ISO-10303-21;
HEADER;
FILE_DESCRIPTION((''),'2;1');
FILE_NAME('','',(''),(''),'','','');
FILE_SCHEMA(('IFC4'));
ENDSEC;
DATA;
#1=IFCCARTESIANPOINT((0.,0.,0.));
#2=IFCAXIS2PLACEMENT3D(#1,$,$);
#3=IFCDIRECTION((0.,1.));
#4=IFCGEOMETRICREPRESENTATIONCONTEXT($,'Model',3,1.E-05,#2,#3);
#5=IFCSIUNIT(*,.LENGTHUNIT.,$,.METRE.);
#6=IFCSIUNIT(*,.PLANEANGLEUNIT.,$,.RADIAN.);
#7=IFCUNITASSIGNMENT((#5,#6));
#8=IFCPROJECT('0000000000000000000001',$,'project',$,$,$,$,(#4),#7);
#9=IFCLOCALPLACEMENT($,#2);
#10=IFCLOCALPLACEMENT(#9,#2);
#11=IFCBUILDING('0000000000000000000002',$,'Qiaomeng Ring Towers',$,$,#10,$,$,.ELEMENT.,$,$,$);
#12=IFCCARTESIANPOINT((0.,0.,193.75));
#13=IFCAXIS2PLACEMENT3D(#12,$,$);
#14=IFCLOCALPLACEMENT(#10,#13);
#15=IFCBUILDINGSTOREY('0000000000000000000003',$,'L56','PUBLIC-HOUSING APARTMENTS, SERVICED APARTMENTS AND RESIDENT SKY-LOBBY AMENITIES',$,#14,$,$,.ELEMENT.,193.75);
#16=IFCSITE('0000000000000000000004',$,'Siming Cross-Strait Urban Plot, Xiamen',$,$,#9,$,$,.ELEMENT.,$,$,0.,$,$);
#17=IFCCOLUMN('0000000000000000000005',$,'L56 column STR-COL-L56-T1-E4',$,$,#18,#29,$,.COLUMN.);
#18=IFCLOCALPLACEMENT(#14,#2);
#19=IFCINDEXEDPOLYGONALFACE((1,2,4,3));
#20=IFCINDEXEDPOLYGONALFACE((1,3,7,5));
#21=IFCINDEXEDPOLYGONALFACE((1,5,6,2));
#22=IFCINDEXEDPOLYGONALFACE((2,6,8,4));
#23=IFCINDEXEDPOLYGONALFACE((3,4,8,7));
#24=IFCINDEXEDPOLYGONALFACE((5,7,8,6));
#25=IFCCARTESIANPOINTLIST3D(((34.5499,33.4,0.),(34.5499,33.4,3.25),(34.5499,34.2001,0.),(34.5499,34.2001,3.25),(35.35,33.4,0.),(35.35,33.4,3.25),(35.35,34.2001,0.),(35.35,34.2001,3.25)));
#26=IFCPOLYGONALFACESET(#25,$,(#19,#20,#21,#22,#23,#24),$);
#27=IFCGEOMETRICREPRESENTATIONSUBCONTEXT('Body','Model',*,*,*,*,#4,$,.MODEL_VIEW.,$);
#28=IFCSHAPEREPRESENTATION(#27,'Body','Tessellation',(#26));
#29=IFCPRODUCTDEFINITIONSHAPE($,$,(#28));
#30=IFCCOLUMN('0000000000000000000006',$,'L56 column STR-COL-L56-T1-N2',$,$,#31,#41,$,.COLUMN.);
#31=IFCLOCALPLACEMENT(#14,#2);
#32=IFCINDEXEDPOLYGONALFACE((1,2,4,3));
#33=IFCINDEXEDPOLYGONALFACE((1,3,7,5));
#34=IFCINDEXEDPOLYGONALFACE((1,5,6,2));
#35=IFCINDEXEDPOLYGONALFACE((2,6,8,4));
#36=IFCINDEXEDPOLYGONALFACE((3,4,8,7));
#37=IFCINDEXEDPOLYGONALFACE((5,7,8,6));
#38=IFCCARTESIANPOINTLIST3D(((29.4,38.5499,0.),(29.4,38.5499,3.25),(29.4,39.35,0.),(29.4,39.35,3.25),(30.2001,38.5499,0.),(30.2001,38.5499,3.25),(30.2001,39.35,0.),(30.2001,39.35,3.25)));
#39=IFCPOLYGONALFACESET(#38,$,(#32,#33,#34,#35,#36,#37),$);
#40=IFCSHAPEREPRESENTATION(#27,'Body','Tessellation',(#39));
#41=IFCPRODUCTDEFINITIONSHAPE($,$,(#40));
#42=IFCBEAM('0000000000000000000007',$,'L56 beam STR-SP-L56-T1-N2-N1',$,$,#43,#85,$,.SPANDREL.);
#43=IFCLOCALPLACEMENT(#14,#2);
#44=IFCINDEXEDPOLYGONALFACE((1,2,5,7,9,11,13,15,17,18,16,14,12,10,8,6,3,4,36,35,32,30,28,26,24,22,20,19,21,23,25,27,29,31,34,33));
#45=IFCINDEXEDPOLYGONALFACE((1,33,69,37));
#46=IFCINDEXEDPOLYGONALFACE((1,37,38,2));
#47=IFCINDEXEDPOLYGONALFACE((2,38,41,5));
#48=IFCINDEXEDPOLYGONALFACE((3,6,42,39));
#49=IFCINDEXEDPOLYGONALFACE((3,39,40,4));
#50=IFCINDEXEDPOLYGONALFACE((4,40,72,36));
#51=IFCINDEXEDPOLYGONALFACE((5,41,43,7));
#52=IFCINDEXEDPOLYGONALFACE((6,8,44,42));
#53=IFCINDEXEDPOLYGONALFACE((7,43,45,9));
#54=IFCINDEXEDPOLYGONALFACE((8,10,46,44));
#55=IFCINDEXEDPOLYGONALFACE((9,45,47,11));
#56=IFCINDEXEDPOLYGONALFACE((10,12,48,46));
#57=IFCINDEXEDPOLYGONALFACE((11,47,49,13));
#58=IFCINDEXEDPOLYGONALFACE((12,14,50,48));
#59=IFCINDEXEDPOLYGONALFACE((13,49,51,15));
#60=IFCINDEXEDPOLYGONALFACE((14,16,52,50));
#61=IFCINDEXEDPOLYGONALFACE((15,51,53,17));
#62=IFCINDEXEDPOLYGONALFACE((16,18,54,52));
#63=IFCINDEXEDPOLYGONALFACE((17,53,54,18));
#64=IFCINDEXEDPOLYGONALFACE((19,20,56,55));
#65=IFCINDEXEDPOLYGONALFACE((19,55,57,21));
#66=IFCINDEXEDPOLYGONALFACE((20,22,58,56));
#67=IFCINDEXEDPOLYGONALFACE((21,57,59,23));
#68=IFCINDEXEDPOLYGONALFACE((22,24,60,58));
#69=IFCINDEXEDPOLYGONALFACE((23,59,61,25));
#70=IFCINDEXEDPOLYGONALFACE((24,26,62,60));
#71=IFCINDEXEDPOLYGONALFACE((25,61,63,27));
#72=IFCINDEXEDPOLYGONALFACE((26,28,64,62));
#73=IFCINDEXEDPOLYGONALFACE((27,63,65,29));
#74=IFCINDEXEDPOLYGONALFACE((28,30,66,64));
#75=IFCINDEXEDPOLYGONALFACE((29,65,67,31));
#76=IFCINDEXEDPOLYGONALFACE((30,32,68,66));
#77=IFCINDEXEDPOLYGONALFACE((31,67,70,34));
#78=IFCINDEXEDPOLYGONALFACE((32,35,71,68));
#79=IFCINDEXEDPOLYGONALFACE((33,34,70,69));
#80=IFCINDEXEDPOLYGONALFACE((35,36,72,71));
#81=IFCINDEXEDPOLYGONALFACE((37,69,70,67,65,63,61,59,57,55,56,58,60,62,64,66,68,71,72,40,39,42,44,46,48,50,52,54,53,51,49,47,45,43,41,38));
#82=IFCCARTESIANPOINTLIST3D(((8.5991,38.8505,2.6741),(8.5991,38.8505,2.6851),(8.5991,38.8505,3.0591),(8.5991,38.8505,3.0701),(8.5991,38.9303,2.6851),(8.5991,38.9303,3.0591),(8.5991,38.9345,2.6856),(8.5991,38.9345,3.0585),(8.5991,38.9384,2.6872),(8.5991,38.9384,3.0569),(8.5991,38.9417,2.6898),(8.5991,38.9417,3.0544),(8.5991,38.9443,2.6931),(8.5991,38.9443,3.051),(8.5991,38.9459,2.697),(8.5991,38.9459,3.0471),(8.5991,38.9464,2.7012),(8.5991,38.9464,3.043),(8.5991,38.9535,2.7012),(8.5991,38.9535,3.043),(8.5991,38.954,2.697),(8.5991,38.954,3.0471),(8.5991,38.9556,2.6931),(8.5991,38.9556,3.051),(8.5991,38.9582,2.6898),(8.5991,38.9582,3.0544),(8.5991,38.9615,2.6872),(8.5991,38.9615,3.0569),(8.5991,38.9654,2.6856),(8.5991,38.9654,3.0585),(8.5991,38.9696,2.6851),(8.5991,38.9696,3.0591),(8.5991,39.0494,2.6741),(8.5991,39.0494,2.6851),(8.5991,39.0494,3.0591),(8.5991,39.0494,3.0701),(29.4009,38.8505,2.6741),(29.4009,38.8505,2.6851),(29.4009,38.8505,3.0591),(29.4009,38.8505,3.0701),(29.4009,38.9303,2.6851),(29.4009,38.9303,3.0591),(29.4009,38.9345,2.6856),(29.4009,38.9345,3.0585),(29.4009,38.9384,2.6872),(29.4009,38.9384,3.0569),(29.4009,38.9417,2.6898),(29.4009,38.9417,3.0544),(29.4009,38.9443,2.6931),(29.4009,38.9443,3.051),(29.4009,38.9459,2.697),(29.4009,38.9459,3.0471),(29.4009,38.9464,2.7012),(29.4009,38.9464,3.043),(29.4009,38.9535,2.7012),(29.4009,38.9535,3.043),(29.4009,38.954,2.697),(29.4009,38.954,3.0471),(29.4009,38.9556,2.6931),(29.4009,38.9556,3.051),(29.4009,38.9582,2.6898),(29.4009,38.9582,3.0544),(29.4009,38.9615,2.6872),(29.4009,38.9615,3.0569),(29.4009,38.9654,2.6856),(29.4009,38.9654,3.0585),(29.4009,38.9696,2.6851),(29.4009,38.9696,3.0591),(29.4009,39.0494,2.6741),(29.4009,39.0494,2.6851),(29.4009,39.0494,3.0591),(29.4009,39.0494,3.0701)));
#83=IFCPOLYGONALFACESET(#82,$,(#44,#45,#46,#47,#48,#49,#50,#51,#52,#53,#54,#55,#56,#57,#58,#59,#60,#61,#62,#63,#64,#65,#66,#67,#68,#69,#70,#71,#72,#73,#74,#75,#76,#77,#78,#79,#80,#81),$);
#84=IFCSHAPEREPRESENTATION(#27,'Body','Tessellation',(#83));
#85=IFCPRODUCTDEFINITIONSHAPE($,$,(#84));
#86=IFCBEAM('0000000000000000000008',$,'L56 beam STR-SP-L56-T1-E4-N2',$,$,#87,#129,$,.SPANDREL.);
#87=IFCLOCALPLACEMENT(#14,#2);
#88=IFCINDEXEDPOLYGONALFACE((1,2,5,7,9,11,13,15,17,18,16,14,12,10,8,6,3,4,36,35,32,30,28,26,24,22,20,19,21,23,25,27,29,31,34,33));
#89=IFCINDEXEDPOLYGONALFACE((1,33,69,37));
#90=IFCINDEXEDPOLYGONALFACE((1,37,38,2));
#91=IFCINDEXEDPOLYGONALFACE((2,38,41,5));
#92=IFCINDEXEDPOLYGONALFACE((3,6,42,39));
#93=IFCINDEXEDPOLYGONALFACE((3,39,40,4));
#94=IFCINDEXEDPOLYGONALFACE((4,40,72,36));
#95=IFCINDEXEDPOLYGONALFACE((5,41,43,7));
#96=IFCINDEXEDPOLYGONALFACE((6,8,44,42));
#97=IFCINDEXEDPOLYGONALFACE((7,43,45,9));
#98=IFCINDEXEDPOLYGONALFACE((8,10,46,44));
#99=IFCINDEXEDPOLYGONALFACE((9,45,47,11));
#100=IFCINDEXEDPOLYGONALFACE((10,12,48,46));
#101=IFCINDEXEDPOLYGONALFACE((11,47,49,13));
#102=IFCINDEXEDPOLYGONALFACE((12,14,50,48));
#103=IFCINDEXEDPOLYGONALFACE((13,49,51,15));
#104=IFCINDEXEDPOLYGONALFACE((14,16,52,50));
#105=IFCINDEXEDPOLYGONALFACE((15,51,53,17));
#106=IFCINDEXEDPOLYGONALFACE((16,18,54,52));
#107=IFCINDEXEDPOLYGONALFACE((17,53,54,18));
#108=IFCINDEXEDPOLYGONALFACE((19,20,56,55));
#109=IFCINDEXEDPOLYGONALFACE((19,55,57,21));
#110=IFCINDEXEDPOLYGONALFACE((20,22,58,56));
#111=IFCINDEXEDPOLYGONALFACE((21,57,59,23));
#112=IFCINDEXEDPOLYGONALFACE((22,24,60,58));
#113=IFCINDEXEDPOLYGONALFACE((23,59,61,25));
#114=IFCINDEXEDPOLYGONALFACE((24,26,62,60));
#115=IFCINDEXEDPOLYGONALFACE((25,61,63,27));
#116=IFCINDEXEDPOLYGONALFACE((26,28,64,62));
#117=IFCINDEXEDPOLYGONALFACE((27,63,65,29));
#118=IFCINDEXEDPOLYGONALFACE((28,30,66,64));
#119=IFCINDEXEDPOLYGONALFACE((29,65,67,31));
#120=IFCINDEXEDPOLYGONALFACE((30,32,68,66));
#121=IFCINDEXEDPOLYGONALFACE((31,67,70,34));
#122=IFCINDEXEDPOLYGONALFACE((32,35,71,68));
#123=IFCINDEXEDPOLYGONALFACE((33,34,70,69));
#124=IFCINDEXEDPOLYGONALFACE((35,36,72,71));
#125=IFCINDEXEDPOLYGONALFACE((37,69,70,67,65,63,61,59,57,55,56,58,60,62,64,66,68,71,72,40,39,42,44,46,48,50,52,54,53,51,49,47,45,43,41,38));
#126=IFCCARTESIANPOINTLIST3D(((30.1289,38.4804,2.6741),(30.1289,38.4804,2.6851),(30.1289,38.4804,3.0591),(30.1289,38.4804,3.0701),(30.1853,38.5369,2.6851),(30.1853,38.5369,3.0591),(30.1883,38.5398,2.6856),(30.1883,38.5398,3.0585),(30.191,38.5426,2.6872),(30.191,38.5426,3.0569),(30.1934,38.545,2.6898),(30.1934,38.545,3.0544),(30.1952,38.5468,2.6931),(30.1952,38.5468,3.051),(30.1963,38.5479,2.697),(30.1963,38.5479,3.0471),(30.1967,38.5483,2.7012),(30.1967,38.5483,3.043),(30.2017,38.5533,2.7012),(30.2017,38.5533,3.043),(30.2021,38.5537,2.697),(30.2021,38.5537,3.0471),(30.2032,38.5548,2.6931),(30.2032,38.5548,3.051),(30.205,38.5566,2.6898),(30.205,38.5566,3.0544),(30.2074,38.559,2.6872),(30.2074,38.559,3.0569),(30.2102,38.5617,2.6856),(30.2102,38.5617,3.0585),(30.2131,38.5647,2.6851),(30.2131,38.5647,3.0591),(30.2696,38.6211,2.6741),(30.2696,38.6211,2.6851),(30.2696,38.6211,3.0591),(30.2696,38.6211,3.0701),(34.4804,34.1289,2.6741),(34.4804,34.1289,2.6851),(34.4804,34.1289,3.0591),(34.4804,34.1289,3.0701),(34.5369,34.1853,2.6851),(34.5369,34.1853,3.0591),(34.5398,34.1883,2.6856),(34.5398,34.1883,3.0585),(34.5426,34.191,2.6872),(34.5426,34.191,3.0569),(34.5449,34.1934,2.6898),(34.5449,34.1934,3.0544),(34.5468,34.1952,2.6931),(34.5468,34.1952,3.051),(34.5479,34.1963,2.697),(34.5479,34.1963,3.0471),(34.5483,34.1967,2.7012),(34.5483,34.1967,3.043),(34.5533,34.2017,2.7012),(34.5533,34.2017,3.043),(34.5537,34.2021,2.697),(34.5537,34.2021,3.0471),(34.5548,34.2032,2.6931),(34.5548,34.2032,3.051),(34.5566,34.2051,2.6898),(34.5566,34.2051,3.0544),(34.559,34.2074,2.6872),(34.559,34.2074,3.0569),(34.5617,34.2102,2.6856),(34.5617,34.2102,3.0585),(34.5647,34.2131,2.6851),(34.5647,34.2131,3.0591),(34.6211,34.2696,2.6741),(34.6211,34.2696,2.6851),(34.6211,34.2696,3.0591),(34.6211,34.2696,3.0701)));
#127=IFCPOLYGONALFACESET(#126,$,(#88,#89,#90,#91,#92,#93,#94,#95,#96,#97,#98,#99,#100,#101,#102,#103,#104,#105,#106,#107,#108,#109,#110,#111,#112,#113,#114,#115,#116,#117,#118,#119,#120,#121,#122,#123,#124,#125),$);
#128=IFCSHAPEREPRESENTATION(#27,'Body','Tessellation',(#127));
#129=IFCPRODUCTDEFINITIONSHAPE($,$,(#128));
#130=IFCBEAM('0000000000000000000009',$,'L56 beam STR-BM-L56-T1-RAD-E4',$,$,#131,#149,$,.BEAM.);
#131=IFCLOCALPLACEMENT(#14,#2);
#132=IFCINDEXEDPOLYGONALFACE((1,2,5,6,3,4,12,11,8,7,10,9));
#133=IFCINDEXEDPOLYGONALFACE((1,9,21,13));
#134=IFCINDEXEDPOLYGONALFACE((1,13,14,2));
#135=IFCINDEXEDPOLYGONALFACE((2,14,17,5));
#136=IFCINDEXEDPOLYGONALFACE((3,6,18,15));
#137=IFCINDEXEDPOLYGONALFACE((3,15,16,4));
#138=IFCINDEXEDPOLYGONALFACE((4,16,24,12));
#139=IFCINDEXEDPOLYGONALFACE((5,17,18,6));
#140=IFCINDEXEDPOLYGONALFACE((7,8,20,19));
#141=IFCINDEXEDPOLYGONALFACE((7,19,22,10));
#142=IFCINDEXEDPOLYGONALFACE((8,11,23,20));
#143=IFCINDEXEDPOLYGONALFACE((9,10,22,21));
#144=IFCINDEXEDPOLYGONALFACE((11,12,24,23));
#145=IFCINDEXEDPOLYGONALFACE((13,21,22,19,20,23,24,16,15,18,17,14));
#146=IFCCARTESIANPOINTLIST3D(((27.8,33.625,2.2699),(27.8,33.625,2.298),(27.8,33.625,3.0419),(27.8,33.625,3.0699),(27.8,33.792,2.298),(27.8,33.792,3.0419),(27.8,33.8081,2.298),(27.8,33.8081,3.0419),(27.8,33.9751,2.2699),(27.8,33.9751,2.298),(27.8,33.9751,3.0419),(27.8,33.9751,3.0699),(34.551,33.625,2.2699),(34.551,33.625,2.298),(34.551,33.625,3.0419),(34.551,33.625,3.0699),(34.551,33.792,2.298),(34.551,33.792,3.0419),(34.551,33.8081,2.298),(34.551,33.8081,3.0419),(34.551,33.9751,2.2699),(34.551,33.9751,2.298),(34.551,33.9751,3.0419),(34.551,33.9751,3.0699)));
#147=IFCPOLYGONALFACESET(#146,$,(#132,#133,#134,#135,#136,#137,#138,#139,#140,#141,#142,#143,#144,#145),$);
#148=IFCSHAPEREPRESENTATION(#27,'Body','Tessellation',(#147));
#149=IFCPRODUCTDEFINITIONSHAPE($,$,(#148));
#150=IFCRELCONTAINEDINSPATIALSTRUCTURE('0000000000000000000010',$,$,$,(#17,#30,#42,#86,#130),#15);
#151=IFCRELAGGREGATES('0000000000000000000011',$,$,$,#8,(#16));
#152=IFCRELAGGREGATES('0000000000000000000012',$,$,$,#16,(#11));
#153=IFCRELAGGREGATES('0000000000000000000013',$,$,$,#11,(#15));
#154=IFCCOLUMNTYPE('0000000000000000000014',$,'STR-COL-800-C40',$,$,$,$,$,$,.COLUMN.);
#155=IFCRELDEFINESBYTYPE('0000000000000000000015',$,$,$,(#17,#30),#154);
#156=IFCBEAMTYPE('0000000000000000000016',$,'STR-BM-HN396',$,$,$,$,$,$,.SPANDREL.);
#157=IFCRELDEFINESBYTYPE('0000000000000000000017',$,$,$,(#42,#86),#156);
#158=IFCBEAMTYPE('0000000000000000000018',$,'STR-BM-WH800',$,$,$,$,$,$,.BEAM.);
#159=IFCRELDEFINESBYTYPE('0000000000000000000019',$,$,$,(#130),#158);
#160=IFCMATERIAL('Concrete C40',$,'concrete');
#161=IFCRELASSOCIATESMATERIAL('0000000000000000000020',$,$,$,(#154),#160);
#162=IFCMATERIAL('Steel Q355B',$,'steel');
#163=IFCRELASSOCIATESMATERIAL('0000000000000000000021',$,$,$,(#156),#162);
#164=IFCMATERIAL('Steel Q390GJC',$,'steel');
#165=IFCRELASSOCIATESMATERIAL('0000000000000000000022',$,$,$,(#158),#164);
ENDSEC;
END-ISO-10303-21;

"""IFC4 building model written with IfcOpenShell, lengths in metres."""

from ifc_helpers import new_model, si_unit, direction, frame, origin, origin_2d, place, context, subcontext, project, spatial, rectangle, i_section, extrude, source, transform, mapped, material, material_profile, profile_set, type_object, element, save


model = new_model("IFC4")

# Units and contexts
model_context = context("Model", 3, precision=1e-05, world=origin(), true_north=direction((0.0, 1.0)))
body_context = subcontext(model_context, "Body", "Model", "MODEL_VIEW")
ifc_project = project(units=[si_unit("LENGTHUNIT", "METRE"), si_unit("PLANEANGLEUNIT", "RADIAN")], contexts=[model_context])

# Site, building, storey
site_placement = place(None, origin())
site = spatial("IfcSite", under=ifc_project, at=site_placement, Name="Siming Cross-Strait Urban Plot, Xiamen", CompositionType="ELEMENT", RefElevation=0.0)
building_placement = place(site_placement, origin())
building = spatial("IfcBuilding", under=site, at=building_placement, Name="Qiaomeng Ring Towers", CompositionType="ELEMENT")
storey_placement = place(building_placement, frame((0.0, 0.0, 193.75)))
storey = spatial("IfcBuildingStorey", under=building, at=storey_placement, Name="L56", Description="PUBLIC-HOUSING APARTMENTS, SERVICED APARTMENTS AND RESIDENT SKY-LOBBY AMENITIES", CompositionType="ELEMENT", Elevation=193.75)

# Columns
ifc_material_1 = material(Name="Concrete C40", Category="concrete")
ifc_material_profile_1 = material_profile(ifc_material_1, rectangle(XDim=0.8, YDim=0.8, at=origin_2d()), Name="RC COL 800x800")
ifc_profile_set_1 = profile_set([ifc_material_profile_1], Name="Concrete C40")
column_type = type_object("IfcColumnType", Name="STR-COL-800-C40", PredefinedType="COLUMN", material=ifc_profile_set_1)
shared_shape_1 = source(origin(), body_context, "Body", "SweptSolid", [
    extrude(rectangle(XDim=0.8, YDim=0.8, at=origin_2d()), origin(), (0.0, 0.0, 1.0), 3.25),
])
for number, where, z_axis, x_axis, name in (
    (1, (34.95, 33.8, 0.0), (0.0, 0.0, 1.0), (1.0, 0.0, 0.0), "L56 column STR-COL-L56-T1-E4"),
    (2, (29.8, 38.95, 0.0), (0.0, 0.0, 1.0), (1.0, 0.0, 0.0), "L56 column STR-COL-L56-T1-N2"),
):
    element("IfcColumn", number, at=place(storey_placement, frame(where, z_axis=z_axis, x_axis=x_axis)), inside=storey, type_object=column_type, Name=name, PredefinedType="COLUMN", context=body_context, shape_type="MappedRepresentation", body=[
        mapped(shared_shape_1, transform((0.0, 0.0, 0.0), x_axis=(1.0, 0.0, 0.0), y_axis=(0.0, 1.0, 0.0), z_axis=(0.0, 0.0, 1.0), scale=1.0)),
    ])

# Beams
ifc_material_2 = material(Name="Steel Q355B", Category="steel")
ifc_material_profile_2 = material_profile(ifc_material_2, i_section(OverallWidth=0.199, OverallDepth=0.396, WebThickness=0.0071, FlangeThickness=0.011, FilletRadius=0.0161, at=origin_2d()), Name="HN 396x199x7x11")
ifc_profile_set_2 = profile_set([ifc_material_profile_2], Name="Steel Q355B")
beam_type_1 = type_object("IfcBeamType", Name="STR-BM-HN396", PredefinedType="SPANDREL", material=ifc_profile_set_2)
shared_shape_2 = source(origin(), body_context, "Body", "SweptSolid", [
    extrude(i_section(OverallWidth=0.199, OverallDepth=0.396, WebThickness=0.0071, FlangeThickness=0.011, FilletRadius=0.0161, at=origin_2d()), origin(), (0.0, 0.0, 1.0), 20.8018),
])
beam_1_placement = place(storey_placement, frame((29.4009, 38.95, 2.8721), z_axis=(-1.0, 0.0, 0.0), x_axis=(0.0, -1.0, 0.0)))
element("IfcBeam", 3, at=beam_1_placement, inside=storey, type_object=beam_type_1, Name="L56 beam STR-SP-L56-T1-N2-N1", PredefinedType="SPANDREL", context=body_context, shape_type="MappedRepresentation", body=[
    mapped(shared_shape_2, transform((0.0, 0.0, 0.0), x_axis=(1.0, 0.0, 0.0), y_axis=(0.0, 1.0, 0.0), z_axis=(0.0, 0.0, 1.0), scale=1.0)),
])
shared_shape_3 = source(origin(), body_context, "Body", "SweptSolid", [
    extrude(i_section(OverallWidth=0.199, OverallDepth=0.396, WebThickness=0.0071, FlangeThickness=0.011, FilletRadius=0.0161, at=origin_2d()), origin(), (0.0, 0.0, 1.0), 6.1541),
])
beam_2_placement = place(storey_placement, frame((34.5508, 34.1992, 2.8721), z_axis=(-0.707107, 0.707107, 0.0), x_axis=(-0.707107, -0.707107, 0.0)))
element("IfcBeam", 4, at=beam_2_placement, inside=storey, type_object=beam_type_1, Name="L56 beam STR-SP-L56-T1-E4-N2", PredefinedType="SPANDREL", context=body_context, shape_type="MappedRepresentation", body=[
    mapped(shared_shape_3, transform((0.0, 0.0, 0.0), x_axis=(1.0, 0.0, 0.0), y_axis=(0.0, 1.0, 0.0), z_axis=(0.0, 0.0, 1.0), scale=1.0)),
])
ifc_material_3 = material(Name="Steel Q390GJC", Category="steel")
ifc_material_profile_3 = material_profile(ifc_material_3, i_section(OverallWidth=0.3501, OverallDepth=0.8, WebThickness=0.0161, FlangeThickness=0.0281, at=origin_2d()), Name="WH 800x350x16x28")
ifc_profile_set_3 = profile_set([ifc_material_profile_3], Name="Steel Q390GJC")
beam_type_2 = type_object("IfcBeamType", Name="STR-BM-WH800", PredefinedType="BEAM", material=ifc_profile_set_3)
shared_shape_4 = source(origin(), body_context, "Body", "SweptSolid", [
    extrude(i_section(OverallWidth=0.3501, OverallDepth=0.8, WebThickness=0.0161, FlangeThickness=0.0281, at=origin_2d()), origin(), (0.0, 0.0, 1.0), 6.751),
])
beam_3_placement = place(storey_placement, frame((27.8, 33.8, 2.6699), z_axis=(1.0, 0.0, 0.0), x_axis=(0.0, 1.0, 0.0)))
element("IfcBeam", 5, at=beam_3_placement, inside=storey, type_object=beam_type_2, Name="L56 beam STR-BM-L56-T1-RAD-E4", PredefinedType="BEAM", context=body_context, shape_type="MappedRepresentation", body=[
    mapped(shared_shape_4, transform((0.0, 0.0, 0.0), x_axis=(1.0, 0.0, 0.0), y_axis=(0.0, 1.0, 0.0), z_axis=(0.0, 0.0, 1.0), scale=1.0)),
])

save(model, "model.ifc")
